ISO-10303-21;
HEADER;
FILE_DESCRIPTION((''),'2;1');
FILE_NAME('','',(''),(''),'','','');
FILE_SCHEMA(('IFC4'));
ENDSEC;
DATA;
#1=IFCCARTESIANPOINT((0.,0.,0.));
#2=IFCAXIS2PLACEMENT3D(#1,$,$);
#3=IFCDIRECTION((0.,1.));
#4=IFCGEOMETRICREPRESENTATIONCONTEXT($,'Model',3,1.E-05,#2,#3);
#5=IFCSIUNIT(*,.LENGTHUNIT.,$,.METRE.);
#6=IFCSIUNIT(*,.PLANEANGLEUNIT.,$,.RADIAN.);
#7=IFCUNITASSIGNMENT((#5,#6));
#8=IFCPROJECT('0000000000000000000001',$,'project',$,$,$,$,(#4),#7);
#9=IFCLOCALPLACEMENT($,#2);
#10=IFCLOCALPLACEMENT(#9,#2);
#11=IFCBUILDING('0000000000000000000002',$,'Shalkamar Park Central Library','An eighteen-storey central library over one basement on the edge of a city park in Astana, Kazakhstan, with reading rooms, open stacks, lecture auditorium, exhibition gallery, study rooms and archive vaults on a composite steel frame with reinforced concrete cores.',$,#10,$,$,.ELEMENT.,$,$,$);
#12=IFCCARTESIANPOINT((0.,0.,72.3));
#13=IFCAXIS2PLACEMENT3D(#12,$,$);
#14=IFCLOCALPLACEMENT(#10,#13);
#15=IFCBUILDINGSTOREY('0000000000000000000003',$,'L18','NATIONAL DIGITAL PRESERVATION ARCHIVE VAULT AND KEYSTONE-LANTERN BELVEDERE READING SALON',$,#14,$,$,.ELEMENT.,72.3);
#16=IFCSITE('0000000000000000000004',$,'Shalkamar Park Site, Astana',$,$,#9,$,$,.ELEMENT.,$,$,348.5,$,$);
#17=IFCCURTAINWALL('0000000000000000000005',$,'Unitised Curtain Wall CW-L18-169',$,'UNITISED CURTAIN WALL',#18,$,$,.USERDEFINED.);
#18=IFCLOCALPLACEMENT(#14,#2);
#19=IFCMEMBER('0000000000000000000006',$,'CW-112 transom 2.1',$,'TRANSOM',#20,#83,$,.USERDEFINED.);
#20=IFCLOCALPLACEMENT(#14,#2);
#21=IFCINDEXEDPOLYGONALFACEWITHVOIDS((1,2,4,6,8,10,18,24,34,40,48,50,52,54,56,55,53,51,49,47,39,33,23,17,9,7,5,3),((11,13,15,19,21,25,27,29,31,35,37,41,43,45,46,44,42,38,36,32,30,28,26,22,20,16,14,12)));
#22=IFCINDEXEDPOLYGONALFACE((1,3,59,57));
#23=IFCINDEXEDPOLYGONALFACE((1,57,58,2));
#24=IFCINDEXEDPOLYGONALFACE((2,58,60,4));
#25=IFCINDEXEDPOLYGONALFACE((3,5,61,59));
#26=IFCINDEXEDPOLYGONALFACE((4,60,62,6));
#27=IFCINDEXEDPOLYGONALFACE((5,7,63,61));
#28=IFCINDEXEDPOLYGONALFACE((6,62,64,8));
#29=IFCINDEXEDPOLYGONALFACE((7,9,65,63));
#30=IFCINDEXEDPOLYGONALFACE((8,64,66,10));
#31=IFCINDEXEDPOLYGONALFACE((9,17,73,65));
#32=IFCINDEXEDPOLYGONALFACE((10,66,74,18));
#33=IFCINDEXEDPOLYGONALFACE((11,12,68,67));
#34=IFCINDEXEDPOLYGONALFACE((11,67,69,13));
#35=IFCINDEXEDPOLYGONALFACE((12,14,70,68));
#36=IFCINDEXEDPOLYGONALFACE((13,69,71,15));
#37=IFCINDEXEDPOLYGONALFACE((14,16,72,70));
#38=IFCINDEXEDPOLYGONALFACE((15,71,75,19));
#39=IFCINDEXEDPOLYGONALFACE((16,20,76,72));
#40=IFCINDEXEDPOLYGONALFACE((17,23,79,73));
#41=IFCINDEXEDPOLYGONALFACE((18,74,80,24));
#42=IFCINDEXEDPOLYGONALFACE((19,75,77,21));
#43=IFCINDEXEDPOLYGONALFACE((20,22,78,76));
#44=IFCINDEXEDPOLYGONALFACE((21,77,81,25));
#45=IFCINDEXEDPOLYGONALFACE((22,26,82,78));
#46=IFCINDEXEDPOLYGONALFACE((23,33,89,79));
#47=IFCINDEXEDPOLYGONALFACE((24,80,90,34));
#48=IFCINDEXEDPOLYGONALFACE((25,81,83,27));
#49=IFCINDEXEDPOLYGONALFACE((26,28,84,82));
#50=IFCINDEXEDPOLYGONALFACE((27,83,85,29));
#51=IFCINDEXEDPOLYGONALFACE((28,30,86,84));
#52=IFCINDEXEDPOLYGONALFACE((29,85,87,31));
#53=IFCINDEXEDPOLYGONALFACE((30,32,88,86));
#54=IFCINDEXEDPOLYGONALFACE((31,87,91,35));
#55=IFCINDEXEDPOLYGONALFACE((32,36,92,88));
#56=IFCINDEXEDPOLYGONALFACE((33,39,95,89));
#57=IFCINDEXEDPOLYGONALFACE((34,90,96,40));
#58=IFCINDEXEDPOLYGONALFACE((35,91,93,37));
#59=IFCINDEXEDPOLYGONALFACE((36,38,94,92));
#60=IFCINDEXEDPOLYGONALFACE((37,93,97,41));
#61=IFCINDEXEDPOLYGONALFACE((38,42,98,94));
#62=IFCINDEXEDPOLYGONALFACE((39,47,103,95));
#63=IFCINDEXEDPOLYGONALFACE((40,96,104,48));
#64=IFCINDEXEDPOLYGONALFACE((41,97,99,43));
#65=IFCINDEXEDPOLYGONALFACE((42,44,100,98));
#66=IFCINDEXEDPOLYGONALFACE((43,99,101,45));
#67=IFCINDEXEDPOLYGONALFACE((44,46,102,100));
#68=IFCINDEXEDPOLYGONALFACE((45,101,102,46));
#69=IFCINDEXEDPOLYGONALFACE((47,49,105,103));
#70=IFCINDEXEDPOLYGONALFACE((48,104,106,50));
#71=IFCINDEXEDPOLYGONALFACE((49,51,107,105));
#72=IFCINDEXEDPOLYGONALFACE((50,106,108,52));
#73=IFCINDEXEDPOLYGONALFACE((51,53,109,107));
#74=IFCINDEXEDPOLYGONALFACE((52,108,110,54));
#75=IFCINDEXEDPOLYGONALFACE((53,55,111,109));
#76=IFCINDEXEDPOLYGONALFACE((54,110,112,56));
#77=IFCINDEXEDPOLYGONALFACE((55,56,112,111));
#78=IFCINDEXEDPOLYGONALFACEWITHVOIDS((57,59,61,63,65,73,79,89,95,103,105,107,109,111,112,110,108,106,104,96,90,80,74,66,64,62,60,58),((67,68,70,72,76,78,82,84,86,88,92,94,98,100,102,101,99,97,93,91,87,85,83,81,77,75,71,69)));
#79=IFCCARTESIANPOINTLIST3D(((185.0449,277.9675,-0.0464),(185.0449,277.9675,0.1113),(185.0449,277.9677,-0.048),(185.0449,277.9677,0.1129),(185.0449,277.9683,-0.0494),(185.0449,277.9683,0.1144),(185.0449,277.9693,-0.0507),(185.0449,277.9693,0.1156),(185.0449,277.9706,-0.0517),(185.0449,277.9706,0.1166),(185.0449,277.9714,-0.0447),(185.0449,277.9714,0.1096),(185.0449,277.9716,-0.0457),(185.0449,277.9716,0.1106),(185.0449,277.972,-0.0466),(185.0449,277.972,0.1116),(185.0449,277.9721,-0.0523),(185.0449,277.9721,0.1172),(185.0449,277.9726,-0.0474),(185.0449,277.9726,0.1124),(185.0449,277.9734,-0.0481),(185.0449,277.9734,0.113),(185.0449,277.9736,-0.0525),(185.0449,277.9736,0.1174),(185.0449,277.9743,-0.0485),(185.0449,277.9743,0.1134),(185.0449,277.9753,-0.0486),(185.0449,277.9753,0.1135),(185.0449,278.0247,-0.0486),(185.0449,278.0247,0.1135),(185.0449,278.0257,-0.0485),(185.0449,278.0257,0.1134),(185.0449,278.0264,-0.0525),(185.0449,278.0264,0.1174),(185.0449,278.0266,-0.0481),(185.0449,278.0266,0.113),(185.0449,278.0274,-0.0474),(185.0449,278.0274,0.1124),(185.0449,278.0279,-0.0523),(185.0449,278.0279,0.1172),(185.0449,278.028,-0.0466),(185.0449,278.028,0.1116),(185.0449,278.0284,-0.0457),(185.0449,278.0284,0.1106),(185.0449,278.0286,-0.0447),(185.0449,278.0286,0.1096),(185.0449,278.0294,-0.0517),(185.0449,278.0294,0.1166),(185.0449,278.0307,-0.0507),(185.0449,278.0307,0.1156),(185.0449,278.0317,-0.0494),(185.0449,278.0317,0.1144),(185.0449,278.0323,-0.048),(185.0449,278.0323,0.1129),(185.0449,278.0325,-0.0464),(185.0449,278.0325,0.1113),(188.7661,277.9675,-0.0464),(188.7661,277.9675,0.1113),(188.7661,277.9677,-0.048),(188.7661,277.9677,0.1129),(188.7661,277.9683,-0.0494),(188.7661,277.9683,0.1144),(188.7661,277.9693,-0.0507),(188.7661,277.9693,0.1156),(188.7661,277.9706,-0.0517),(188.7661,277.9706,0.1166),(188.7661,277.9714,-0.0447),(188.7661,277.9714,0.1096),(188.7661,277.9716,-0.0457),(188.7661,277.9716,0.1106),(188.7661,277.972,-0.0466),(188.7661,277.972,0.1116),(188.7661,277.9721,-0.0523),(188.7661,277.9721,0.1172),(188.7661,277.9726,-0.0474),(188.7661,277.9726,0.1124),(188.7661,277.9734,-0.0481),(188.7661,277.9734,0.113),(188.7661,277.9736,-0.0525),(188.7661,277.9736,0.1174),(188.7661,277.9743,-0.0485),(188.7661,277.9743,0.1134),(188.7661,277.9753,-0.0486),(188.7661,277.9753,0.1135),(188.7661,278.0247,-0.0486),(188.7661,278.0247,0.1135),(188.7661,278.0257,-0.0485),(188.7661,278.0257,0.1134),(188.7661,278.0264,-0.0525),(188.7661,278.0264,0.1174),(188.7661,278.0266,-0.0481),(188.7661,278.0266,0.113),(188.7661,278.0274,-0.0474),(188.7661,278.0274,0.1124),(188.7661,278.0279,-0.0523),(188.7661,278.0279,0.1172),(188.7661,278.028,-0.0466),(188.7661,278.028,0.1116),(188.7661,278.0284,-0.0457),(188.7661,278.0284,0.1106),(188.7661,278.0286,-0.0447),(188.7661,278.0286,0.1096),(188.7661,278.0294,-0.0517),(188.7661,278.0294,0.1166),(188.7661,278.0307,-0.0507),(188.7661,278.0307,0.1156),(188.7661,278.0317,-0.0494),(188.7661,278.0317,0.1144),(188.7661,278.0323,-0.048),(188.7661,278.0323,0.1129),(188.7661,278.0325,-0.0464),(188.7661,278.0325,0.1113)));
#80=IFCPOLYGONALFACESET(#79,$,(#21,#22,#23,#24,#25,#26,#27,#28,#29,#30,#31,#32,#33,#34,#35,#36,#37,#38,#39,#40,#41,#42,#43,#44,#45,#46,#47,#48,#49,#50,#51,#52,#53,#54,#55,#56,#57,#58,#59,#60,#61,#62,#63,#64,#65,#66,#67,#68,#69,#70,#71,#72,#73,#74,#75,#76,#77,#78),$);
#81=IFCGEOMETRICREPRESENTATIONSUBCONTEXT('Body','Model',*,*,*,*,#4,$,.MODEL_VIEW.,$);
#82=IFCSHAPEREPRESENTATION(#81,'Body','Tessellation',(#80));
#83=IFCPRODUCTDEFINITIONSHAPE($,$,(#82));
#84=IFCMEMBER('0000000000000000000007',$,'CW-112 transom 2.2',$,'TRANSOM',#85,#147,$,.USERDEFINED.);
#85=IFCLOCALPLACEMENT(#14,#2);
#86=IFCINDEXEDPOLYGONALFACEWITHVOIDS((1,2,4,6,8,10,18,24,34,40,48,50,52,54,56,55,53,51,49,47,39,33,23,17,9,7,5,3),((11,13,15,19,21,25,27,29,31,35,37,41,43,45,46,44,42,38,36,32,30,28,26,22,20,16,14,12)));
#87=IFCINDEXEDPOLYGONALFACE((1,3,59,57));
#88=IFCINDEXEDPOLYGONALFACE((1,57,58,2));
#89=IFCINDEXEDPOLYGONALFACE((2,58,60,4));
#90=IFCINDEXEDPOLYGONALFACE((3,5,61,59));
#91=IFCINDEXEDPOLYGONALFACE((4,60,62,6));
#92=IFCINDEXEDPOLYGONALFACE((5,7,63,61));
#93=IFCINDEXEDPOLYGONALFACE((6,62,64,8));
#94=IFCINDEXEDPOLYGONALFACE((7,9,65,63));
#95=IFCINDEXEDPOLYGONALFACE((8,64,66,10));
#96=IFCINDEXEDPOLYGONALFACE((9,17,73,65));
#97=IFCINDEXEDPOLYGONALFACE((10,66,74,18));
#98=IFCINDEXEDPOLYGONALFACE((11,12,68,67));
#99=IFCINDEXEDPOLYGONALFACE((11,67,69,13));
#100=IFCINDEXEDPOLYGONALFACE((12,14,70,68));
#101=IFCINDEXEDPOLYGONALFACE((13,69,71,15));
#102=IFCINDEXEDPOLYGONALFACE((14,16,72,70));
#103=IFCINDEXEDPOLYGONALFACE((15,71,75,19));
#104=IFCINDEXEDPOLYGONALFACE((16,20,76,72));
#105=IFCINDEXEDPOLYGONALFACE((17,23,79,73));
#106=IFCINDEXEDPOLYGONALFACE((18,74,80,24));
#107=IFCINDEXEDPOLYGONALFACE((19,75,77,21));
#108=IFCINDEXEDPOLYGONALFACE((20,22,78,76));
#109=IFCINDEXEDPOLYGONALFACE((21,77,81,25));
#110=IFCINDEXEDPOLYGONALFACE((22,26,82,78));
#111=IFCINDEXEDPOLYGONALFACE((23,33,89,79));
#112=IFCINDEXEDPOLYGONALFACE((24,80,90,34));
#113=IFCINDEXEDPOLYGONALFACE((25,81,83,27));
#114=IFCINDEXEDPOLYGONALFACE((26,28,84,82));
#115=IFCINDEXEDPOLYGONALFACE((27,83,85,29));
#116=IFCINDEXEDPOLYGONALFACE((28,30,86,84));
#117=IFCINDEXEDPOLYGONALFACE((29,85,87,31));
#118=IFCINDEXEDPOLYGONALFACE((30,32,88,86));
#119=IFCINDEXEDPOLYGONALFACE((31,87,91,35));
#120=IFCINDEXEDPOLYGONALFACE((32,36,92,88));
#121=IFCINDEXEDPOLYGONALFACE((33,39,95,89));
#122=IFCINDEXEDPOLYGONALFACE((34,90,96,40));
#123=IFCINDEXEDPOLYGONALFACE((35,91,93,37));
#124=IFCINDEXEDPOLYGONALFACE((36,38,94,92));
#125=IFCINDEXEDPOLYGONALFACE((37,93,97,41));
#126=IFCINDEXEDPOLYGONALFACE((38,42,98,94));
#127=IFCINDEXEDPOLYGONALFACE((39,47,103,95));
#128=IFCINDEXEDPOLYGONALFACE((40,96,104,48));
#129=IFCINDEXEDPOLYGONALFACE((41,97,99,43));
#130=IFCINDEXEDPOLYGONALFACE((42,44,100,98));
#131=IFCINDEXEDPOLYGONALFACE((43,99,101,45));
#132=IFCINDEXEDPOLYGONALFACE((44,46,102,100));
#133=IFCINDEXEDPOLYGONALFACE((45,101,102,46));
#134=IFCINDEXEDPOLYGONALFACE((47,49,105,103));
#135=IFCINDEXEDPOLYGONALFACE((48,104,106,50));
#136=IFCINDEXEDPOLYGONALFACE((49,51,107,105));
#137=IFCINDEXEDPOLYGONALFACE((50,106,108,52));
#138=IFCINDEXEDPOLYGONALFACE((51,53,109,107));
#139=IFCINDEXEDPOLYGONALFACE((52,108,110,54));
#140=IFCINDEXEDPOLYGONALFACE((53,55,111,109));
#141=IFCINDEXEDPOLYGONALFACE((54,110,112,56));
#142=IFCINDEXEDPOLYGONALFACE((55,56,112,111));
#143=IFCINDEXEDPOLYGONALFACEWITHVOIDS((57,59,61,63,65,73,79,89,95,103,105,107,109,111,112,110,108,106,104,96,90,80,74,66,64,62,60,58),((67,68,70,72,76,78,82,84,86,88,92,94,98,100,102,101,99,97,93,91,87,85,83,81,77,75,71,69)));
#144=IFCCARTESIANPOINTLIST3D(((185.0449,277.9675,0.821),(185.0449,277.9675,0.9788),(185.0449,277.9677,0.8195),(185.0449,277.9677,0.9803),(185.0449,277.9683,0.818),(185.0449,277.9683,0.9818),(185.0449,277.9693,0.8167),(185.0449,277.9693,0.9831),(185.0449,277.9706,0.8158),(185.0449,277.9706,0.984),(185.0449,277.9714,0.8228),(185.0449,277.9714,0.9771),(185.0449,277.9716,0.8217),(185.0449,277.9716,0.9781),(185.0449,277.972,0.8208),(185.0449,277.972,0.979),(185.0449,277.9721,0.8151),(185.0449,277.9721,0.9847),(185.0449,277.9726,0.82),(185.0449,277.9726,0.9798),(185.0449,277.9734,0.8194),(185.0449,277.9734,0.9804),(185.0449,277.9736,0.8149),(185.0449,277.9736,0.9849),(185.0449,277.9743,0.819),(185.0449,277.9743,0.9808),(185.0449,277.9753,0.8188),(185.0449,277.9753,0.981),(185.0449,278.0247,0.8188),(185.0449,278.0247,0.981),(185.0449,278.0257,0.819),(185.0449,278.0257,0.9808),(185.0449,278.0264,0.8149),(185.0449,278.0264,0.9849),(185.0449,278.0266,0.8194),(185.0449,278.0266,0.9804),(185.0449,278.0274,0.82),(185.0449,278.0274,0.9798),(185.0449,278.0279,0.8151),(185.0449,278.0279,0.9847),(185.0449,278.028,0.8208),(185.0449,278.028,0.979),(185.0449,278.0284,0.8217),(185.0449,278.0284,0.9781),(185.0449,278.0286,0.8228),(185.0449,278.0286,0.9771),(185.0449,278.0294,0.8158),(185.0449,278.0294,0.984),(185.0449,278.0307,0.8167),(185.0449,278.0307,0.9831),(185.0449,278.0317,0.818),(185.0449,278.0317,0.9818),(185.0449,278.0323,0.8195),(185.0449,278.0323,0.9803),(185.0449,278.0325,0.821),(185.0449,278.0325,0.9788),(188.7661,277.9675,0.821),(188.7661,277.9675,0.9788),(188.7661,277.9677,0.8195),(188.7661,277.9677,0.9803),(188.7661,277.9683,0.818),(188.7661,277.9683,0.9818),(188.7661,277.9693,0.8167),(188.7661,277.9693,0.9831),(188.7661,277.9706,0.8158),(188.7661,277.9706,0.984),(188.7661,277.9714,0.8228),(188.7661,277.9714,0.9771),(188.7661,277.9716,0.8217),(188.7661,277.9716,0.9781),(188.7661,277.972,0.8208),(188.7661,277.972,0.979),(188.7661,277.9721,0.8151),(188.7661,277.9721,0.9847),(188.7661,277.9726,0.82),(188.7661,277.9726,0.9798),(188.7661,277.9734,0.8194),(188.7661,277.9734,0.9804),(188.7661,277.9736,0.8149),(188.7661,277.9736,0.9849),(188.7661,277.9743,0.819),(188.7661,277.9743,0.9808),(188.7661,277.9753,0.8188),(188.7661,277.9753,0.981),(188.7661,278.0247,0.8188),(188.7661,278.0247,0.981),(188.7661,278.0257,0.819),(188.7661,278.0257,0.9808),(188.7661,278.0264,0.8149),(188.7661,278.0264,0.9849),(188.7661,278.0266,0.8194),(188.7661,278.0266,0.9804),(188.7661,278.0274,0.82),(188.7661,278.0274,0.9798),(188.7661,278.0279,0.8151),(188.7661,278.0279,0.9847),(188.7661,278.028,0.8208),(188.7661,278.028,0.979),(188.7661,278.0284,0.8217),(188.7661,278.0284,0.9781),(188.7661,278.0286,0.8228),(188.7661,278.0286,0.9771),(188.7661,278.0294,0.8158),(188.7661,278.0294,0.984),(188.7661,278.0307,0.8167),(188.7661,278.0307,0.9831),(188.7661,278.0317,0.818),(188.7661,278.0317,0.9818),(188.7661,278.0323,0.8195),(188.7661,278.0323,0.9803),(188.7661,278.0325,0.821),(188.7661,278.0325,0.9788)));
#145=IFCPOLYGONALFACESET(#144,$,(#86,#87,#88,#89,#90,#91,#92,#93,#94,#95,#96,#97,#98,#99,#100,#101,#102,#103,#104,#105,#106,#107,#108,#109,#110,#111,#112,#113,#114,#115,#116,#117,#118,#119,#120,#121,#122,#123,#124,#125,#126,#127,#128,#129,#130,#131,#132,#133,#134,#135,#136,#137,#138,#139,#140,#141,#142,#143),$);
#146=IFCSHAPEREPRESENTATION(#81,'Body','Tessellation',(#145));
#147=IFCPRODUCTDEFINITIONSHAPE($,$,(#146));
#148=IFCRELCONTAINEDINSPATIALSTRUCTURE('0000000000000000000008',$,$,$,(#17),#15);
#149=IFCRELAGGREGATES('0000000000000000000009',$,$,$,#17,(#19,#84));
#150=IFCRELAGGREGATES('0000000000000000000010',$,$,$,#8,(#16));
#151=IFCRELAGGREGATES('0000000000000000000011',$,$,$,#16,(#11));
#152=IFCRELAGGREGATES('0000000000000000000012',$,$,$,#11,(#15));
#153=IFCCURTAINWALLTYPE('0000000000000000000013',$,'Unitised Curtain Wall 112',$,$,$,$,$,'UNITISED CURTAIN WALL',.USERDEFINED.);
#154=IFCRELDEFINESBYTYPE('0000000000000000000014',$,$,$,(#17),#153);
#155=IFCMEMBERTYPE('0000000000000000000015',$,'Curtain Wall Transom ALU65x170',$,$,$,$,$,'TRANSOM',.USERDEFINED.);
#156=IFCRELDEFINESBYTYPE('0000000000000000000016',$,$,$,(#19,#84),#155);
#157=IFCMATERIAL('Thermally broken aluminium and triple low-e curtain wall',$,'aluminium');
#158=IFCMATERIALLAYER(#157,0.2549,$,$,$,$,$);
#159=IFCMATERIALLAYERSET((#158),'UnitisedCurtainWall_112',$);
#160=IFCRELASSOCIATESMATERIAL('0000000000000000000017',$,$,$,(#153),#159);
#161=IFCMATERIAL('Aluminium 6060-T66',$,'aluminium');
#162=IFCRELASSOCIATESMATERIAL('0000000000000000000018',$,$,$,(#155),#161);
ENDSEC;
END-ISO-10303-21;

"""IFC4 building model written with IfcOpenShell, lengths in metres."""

from ifc_helpers import new_model, si_unit, direction, frame, origin, origin_2d, place, context, subcontext, project, spatial, hollow_rectangle, extrude, material, layer, layer_set, material_profile, profile_set, type_object, element, aggregate, save


model = new_model("IFC4")

# Units and contexts
model_context = context("Model", 3, precision=1e-05, world=origin(), true_north=direction((0.0, 1.0)))
body_context = subcontext(model_context, "Body", "Model", "MODEL_VIEW")
ifc_project = project(units=[si_unit("LENGTHUNIT", "METRE"), si_unit("PLANEANGLEUNIT", "RADIAN")], contexts=[model_context])

# Site, building, storey
site_placement = place(None, origin())
site = spatial("IfcSite", under=ifc_project, at=site_placement, Name="Shalkamar Park Site, Astana", CompositionType="ELEMENT", RefElevation=348.5)
building_placement = place(site_placement, origin())
building = spatial("IfcBuilding", under=site, at=building_placement, Name="Shalkamar Park Central Library", Description="An eighteen-storey central library over one basement on the edge of a city park in Astana, Kazakhstan, with reading rooms, open stacks, lecture auditorium, exhibition gallery, study rooms and archive vaults on a composite steel frame with reinforced concrete cores.", CompositionType="ELEMENT")
storey_placement = place(building_placement, frame((0.0, 0.0, 72.3)))
storey = spatial("IfcBuildingStorey", under=building, at=storey_placement, Name="L18", Description="NATIONAL DIGITAL PRESERVATION ARCHIVE VAULT AND KEYSTONE-LANTERN BELVEDERE READING SALON", CompositionType="ELEMENT", Elevation=72.3)

# Shared definitions
ifc_material_1 = material(Name="Thermally broken aluminium and triple low-e curtain wall", Category="aluminium")
ifc_material_2 = material(Name="Aluminium 6060-T66", Category="aluminium")

# Curtain wall
ifc_layer_1 = layer(ifc_material_1, 0.2549)
ifc_layer_set_1 = layer_set([ifc_layer_1], Name="UnitisedCurtainWall_112")
curtain_wall_type_1 = type_object("IfcCurtainWallType", Name="Unitised Curtain Wall 112", ElementType="UNITISED CURTAIN WALL", PredefinedType="USERDEFINED", material=ifc_layer_set_1)
curtain_wall_1_placement = place(storey_placement, origin())
curtain_wall_1 = element("IfcCurtainWall", 1, at=curtain_wall_1_placement, inside=storey, type_object=curtain_wall_type_1, Name="Unitised Curtain Wall CW-L18-169", ObjectType="UNITISED CURTAIN WALL", PredefinedType="USERDEFINED")

# Members
ifc_material_profile_1 = material_profile(ifc_material_2, hollow_rectangle(XDim=0.0649, YDim=0.1699, WallThickness=0.0039, InnerFilletRadius=0.0039, OuterFilletRadius=0.0061, at=origin_2d()), Name="ALU 65x170x4")
ifc_profile_set_1 = profile_set([ifc_material_profile_1], Name="Aluminium 6060-T66")
member_type_1 = type_object("IfcMemberType", Name="Curtain Wall Transom ALU65x170", ElementType="TRANSOM", PredefinedType="USERDEFINED", material=ifc_profile_set_1)
member_1_placement = place(storey_placement, frame((185.0449, 278.0, 0.0325), z_axis=(1.0, 0.0, 0.0), x_axis=(0.0, 1.0, 0.0)))
member_1 = element("IfcMember", 2, at=member_1_placement, type_object=member_type_1, Name="CW-112 transom 2.1", ObjectType="TRANSOM", PredefinedType="USERDEFINED", context=body_context, shape_type="SweptSolid", body=[
    extrude(hollow_rectangle(XDim=0.0649, YDim=0.1699, WallThickness=0.0039, InnerFilletRadius=0.0039, OuterFilletRadius=0.0061, at=origin_2d()), origin(), (0.0, 0.0, 1.0), 3.7212),
])
member_2_placement = place(storey_placement, frame((185.0449, 278.0, 0.8999), z_axis=(1.0, 0.0, 0.0), x_axis=(0.0, 1.0, 0.0)))
member_2 = element("IfcMember", 3, at=member_2_placement, type_object=member_type_1, Name="CW-112 transom 2.2", ObjectType="TRANSOM", PredefinedType="USERDEFINED", context=body_context, shape_type="SweptSolid", body=[
    extrude(hollow_rectangle(XDim=0.0649, YDim=0.1699, WallThickness=0.0039, InnerFilletRadius=0.0039, OuterFilletRadius=0.0061, at=origin_2d()), origin(), (0.0, 0.0, 1.0), 3.7212),
])

aggregate(curtain_wall_1, [member_1, member_2])

save(model, "model.ifc")
